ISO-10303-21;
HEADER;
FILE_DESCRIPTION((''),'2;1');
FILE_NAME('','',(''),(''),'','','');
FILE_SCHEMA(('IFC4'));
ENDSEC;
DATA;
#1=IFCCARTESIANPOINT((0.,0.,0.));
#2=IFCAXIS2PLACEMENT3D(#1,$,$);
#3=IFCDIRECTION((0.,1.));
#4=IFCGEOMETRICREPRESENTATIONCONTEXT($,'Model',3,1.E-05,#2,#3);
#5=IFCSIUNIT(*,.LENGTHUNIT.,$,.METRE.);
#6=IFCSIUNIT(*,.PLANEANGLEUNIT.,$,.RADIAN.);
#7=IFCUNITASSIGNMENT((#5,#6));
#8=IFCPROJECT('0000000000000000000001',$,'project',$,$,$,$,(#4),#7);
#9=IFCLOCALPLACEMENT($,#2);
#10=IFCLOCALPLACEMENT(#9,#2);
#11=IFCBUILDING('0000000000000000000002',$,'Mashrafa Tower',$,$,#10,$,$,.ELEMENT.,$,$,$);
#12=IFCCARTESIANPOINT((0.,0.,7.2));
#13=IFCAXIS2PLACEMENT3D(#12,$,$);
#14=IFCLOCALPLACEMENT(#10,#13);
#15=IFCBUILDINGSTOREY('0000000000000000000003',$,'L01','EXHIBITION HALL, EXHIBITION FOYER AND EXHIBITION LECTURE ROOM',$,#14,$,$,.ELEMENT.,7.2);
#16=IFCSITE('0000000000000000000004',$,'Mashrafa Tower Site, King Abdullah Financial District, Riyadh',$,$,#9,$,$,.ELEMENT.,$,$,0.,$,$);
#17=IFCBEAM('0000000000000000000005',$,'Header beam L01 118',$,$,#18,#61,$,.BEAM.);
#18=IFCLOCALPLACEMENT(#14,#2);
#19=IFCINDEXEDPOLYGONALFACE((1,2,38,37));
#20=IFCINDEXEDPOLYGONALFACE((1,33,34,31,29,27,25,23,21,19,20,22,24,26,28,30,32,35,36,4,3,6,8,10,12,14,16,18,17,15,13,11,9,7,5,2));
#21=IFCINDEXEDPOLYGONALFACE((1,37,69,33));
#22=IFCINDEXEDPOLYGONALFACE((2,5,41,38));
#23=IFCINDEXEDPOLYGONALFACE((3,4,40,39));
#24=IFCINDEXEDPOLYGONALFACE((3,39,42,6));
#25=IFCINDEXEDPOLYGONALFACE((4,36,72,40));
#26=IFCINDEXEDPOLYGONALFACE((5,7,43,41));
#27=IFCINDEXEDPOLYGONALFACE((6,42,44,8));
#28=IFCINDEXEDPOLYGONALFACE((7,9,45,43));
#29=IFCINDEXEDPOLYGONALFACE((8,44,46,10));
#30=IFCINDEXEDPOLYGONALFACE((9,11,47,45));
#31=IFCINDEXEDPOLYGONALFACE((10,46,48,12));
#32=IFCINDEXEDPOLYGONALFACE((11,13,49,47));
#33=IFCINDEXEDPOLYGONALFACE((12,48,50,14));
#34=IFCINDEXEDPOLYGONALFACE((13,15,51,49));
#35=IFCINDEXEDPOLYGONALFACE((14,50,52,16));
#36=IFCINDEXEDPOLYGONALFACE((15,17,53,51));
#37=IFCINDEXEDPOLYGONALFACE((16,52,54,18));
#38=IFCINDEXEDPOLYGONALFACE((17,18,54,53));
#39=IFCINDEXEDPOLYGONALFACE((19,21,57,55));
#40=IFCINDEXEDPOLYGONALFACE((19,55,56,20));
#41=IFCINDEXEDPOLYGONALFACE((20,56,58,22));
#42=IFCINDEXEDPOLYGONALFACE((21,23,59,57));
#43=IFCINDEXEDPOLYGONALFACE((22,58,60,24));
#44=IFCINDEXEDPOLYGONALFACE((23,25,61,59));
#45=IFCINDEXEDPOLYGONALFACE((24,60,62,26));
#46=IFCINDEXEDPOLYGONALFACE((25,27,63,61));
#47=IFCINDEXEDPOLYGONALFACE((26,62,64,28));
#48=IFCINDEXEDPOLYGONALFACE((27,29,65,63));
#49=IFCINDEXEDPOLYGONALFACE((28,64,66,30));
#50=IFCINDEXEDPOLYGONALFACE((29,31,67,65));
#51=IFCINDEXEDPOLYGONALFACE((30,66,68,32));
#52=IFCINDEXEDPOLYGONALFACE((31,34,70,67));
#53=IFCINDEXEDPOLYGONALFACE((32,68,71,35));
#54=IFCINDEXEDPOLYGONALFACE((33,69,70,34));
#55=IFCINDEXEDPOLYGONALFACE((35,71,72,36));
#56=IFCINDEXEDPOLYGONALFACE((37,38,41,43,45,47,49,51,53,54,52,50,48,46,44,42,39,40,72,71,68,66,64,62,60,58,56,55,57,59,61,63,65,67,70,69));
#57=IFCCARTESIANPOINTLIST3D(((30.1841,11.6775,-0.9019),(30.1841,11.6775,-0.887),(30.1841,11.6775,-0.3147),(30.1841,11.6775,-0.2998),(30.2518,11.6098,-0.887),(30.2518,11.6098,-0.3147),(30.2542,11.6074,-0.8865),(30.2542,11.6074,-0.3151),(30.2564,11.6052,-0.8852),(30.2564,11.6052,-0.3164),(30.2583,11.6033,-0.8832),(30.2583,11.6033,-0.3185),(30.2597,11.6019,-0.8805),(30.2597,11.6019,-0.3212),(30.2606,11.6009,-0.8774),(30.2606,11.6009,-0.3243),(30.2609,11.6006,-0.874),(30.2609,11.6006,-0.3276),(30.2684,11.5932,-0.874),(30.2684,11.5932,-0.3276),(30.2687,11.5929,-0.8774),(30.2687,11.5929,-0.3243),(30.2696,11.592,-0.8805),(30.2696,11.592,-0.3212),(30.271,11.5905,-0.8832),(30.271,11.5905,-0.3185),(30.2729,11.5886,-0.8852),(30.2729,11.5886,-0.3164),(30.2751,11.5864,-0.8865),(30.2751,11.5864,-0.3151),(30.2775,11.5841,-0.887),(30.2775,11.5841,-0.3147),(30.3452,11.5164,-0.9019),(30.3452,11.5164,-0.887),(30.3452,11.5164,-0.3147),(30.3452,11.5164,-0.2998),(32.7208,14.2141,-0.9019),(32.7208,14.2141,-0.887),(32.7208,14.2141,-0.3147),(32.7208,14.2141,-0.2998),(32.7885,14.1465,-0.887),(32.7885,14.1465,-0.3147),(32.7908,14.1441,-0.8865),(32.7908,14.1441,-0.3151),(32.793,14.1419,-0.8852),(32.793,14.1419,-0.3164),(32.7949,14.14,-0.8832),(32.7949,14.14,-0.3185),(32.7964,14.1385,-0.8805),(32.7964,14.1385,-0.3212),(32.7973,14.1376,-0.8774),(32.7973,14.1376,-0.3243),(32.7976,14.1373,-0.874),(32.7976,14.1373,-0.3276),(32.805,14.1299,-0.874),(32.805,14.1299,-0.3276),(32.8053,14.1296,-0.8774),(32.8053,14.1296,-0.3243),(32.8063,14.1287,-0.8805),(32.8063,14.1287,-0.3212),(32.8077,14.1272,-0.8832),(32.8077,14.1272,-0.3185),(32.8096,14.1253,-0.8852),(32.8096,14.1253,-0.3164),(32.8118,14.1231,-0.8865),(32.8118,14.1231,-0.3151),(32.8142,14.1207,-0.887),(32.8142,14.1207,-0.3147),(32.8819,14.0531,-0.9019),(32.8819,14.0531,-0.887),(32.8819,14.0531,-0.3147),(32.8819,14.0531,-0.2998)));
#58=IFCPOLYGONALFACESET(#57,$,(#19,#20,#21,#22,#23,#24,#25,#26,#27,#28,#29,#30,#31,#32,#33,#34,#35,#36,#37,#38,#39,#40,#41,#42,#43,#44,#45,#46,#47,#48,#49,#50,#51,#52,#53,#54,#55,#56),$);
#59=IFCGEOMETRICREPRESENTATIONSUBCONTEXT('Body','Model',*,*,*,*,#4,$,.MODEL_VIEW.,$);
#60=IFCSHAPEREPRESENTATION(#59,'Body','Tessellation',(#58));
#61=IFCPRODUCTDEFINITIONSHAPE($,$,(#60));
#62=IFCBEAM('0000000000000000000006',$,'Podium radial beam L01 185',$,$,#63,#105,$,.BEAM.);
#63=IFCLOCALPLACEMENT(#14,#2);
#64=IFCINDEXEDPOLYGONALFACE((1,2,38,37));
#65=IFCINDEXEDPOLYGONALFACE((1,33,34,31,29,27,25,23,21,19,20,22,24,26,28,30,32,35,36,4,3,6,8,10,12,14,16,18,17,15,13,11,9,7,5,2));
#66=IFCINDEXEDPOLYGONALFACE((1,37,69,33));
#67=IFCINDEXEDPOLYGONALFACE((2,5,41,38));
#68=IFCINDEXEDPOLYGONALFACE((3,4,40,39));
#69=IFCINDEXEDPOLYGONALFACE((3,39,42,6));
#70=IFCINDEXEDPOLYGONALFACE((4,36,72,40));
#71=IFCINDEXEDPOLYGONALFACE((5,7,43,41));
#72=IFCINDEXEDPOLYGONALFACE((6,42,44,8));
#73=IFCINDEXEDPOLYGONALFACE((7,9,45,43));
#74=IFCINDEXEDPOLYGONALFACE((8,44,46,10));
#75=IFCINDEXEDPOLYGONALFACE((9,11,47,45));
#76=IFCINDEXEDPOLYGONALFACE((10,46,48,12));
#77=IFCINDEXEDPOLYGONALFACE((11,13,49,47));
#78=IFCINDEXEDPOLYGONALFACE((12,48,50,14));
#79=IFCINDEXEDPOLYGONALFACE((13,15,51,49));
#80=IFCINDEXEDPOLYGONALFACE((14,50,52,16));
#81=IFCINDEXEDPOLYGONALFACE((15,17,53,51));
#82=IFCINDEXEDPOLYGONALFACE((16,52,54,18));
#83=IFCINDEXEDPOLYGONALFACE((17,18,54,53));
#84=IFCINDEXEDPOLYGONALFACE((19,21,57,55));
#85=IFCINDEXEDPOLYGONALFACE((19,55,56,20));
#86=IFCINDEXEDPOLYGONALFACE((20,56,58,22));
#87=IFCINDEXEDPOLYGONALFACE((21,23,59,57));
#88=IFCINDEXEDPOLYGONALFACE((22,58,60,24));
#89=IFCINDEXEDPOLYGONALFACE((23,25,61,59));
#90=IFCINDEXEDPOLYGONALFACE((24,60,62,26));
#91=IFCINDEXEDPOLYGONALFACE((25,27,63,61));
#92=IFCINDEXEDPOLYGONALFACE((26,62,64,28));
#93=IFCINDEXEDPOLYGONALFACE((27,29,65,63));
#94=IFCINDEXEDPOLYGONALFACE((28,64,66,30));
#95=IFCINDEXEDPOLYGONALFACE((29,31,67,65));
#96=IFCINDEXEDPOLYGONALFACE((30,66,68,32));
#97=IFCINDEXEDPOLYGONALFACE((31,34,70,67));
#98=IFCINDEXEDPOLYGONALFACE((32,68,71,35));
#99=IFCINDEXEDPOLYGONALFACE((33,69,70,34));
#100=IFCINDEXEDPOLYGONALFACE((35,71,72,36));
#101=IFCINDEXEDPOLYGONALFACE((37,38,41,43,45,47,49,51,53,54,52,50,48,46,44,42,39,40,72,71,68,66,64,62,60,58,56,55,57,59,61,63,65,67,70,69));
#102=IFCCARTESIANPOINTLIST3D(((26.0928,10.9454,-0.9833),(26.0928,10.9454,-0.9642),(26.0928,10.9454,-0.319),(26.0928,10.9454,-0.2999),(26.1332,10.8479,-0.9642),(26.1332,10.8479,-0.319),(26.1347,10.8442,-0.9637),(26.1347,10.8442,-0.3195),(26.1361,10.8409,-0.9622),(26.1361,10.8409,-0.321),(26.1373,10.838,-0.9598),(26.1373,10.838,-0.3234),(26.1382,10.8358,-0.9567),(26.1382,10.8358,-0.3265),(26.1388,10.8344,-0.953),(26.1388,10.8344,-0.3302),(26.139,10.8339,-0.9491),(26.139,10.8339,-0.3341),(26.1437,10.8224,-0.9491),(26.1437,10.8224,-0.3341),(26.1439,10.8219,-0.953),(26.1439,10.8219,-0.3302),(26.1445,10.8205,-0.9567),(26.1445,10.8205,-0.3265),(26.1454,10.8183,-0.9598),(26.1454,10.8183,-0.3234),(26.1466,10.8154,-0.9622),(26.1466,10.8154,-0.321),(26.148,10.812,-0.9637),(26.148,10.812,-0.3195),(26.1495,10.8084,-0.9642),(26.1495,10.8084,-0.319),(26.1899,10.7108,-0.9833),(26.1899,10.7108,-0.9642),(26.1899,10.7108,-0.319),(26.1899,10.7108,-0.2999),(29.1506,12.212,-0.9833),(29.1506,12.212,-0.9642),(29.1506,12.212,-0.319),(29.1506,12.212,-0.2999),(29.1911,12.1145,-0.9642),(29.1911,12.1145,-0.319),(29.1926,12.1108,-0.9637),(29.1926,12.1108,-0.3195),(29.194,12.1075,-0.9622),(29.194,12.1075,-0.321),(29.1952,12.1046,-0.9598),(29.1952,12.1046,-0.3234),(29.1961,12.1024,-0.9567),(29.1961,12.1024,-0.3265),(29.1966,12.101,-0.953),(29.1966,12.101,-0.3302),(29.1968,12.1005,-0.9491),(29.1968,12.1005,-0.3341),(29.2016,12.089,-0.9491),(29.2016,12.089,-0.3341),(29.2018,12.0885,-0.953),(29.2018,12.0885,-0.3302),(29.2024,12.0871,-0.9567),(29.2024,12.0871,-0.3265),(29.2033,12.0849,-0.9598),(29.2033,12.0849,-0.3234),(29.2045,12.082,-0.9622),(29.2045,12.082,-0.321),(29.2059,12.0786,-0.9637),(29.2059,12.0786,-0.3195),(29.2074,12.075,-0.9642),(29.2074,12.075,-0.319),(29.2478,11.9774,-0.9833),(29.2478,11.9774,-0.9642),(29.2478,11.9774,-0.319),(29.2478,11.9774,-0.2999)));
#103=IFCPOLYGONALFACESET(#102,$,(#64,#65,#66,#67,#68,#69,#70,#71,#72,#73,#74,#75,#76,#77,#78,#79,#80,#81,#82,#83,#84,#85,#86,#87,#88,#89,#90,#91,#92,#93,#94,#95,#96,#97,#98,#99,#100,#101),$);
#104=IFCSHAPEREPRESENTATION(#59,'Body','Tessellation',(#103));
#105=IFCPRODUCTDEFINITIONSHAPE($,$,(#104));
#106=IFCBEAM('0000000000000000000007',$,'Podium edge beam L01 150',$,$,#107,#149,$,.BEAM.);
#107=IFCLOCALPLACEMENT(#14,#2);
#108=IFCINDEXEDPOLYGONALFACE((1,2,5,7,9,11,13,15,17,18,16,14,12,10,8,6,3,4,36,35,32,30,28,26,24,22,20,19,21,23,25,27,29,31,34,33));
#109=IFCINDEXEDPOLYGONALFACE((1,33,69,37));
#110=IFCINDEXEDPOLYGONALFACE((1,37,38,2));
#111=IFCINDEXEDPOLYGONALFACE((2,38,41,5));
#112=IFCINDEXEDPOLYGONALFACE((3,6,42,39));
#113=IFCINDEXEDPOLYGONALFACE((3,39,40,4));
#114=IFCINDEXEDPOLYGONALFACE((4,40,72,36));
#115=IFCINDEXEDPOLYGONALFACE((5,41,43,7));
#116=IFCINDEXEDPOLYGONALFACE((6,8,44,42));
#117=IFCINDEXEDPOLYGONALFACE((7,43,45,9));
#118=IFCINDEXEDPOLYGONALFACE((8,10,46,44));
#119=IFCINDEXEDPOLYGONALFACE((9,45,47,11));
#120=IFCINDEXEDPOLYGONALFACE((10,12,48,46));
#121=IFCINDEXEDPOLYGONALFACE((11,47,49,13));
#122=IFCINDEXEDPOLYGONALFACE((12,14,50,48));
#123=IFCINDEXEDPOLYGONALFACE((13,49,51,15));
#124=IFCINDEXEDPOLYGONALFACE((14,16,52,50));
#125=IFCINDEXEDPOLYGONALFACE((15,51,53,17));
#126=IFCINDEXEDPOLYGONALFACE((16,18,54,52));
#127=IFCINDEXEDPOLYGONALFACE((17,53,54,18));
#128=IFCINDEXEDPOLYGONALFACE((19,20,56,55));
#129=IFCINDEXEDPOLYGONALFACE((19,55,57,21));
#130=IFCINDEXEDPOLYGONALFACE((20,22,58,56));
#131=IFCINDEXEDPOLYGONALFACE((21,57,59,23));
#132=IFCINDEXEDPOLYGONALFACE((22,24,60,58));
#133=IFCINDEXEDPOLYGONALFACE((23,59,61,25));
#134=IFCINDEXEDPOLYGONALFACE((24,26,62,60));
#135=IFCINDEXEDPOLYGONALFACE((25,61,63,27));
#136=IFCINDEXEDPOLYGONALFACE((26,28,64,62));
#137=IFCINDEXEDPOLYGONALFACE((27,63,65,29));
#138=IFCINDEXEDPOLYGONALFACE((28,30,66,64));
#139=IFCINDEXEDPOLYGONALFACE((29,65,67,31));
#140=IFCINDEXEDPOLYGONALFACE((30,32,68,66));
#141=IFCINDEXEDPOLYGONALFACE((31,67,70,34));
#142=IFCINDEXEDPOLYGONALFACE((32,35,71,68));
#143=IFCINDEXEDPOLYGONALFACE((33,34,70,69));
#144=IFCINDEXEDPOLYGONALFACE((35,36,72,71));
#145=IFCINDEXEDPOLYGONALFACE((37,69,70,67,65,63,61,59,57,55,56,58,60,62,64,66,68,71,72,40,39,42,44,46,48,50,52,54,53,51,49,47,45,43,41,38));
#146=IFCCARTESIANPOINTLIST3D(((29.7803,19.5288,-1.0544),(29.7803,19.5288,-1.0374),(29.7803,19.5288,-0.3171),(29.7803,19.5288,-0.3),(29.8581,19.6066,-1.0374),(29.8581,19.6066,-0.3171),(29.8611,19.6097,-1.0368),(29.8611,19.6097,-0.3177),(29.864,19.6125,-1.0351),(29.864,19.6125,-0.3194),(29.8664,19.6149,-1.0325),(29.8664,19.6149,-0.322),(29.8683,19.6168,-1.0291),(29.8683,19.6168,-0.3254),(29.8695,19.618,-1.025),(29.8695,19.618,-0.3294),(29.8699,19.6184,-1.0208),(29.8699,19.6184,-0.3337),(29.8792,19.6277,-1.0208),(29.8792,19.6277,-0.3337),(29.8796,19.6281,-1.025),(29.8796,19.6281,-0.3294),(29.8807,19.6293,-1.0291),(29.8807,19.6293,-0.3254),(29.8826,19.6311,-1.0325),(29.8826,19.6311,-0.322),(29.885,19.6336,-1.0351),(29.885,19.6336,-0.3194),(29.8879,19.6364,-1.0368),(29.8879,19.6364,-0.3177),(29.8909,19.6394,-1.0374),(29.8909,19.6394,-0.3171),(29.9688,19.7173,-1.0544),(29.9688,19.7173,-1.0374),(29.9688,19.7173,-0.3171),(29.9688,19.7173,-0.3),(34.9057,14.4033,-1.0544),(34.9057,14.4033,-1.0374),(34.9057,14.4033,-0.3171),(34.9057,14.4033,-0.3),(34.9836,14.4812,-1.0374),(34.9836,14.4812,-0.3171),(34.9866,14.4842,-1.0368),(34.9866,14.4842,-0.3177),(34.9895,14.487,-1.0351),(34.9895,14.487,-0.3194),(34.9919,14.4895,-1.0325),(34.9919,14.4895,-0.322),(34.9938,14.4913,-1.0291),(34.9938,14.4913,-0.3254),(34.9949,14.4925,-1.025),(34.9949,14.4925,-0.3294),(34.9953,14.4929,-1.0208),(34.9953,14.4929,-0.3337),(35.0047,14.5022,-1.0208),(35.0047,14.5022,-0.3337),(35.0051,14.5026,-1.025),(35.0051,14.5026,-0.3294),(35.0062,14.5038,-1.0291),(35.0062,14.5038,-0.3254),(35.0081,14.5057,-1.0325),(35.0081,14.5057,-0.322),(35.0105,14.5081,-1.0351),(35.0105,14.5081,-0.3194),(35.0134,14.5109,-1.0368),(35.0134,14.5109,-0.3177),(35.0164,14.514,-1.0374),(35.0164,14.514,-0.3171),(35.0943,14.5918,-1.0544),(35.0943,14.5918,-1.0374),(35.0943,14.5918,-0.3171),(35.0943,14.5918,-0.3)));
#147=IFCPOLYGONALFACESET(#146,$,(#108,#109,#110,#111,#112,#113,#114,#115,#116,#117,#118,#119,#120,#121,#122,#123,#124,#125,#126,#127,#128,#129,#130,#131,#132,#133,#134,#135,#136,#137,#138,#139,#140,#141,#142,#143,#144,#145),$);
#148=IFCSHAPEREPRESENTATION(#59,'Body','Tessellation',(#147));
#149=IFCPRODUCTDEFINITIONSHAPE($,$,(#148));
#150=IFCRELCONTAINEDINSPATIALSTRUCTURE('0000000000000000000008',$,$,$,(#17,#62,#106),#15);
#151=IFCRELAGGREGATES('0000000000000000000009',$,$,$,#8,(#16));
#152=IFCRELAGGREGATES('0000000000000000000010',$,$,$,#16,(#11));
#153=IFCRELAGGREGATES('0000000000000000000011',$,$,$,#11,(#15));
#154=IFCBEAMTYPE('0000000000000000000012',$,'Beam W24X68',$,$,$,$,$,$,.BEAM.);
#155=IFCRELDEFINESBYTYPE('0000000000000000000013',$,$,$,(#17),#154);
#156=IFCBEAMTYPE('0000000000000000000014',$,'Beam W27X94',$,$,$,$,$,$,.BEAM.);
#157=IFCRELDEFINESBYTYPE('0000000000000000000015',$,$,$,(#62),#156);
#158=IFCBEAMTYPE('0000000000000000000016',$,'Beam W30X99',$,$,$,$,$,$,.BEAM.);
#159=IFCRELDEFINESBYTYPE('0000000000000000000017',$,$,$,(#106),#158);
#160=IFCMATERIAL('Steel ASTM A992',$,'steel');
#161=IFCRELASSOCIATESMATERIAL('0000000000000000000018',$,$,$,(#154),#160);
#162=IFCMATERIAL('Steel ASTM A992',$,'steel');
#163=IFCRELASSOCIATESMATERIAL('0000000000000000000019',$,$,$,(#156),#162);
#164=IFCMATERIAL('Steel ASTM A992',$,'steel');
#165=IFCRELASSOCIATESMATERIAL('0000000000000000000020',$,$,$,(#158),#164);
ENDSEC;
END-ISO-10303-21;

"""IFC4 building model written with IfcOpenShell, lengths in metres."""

from ifc_helpers import new_model, si_unit, direction, frame, origin, origin_2d, place, context, subcontext, project, spatial, i_section, extrude, material, material_profile, profile_set, type_object, element, save


model = new_model("IFC4")

# Units and contexts
model_context = context("Model", 3, precision=1e-05, world=origin(), true_north=direction((0.0, 1.0)))
body_context = subcontext(model_context, "Body", "Model", "MODEL_VIEW")
ifc_project = project(units=[si_unit("LENGTHUNIT", "METRE"), si_unit("PLANEANGLEUNIT", "RADIAN")], contexts=[model_context])

# Site, building, storey
site_placement = place(None, origin())
site = spatial("IfcSite", under=ifc_project, at=site_placement, Name="Mashrafa Tower Site, King Abdullah Financial District, Riyadh", CompositionType="ELEMENT", RefElevation=0.0)
building_placement = place(site_placement, origin())
building = spatial("IfcBuilding", under=site, at=building_placement, Name="Mashrafa Tower", CompositionType="ELEMENT")
storey_placement = place(building_placement, frame((0.0, 0.0, 7.2)))
storey = spatial("IfcBuildingStorey", under=building, at=storey_placement, Name="L01", Description="EXHIBITION HALL, EXHIBITION FOYER AND EXHIBITION LECTURE ROOM", CompositionType="ELEMENT", Elevation=7.2)

# Beams
ifc_material_1 = material(Name="Steel ASTM A992", Category="steel")
ifc_material_profile_1 = material_profile(ifc_material_1, i_section(OverallWidth=0.2278, OverallDepth=0.6021, WebThickness=0.0105, FlangeThickness=0.0149, FilletRadius=0.0129, at=origin_2d()), Name="W24X68")
ifc_profile_set_1 = profile_set([ifc_material_profile_1], Name="Steel ASTM A992")
beam_type_1 = type_object("IfcBeamType", Name="Beam W24X68", PredefinedType="BEAM", material=ifc_profile_set_1)
beam_1_placement = place(storey_placement, frame((30.2646, 11.5969, -0.6008), z_axis=(0.707107, 0.707107, 0.0), x_axis=(-0.707107, 0.707107, 0.0)))
element("IfcBeam", 1, at=beam_1_placement, inside=storey, type_object=beam_type_1, Name="Header beam L01 118", PredefinedType="BEAM", context=body_context, shape_type="SweptSolid", body=[
    extrude(i_section(OverallWidth=0.2278, OverallDepth=0.6021, WebThickness=0.0105, FlangeThickness=0.0149, FilletRadius=0.0129, at=origin_2d()), origin(), (0.0, 0.0, 1.0), 3.5874),
])
ifc_material_2 = material(Name="Steel ASTM A992", Category="steel")
ifc_material_profile_2 = material_profile(ifc_material_2, i_section(OverallWidth=0.2539, OverallDepth=0.6833, WebThickness=0.0125, FlangeThickness=0.019, FilletRadius=0.0151, at=origin_2d()), Name="W27X94")
ifc_profile_set_2 = profile_set([ifc_material_profile_2], Name="Steel ASTM A992")
beam_type_2 = type_object("IfcBeamType", Name="Beam W27X94", PredefinedType="BEAM", material=ifc_profile_set_2)
beam_2_placement = place(storey_placement, frame((26.1414, 10.8281, -0.6416), z_axis=(0.92388, 0.382682, 0.0), x_axis=(-0.382682, 0.92388, 0.0)))
element("IfcBeam", 2, at=beam_2_placement, inside=storey, type_object=beam_type_2, Name="Podium radial beam L01 185", PredefinedType="BEAM", context=body_context, shape_type="SweptSolid", body=[
    extrude(i_section(OverallWidth=0.2539, OverallDepth=0.6833, WebThickness=0.0125, FlangeThickness=0.019, FilletRadius=0.0151, at=origin_2d()), origin(), (0.0, 0.0, 1.0), 3.3098),
])
ifc_material_3 = material(Name="Steel ASTM A992", Category="steel")
ifc_material_profile_3 = material_profile(ifc_material_3, i_section(OverallWidth=0.2666, OverallDepth=0.7544, WebThickness=0.0132, FlangeThickness=0.0171, FilletRadius=0.0166, at=origin_2d()), Name="W30X99")
ifc_profile_set_3 = profile_set([ifc_material_profile_3], Name="Steel ASTM A992")
beam_type_3 = type_object("IfcBeamType", Name="Beam W30X99", PredefinedType="BEAM", material=ifc_profile_set_3)
beam_3_placement = place(storey_placement, frame((35.0, 14.4976, -0.6772), z_axis=(-0.707107, 0.707107, 0.0), x_axis=(-0.707107, -0.707107, 0.0)))
element("IfcBeam", 3, at=beam_3_placement, inside=storey, type_object=beam_type_3, Name="Podium edge beam L01 150", PredefinedType="BEAM", context=body_context, shape_type="SweptSolid", body=[
    extrude(i_section(OverallWidth=0.2666, OverallDepth=0.7544, WebThickness=0.0132, FlangeThickness=0.0171, FilletRadius=0.0166, at=origin_2d()), origin(), (0.0, 0.0, 1.0), 7.2485),
])

save(model, "model.ifc")
